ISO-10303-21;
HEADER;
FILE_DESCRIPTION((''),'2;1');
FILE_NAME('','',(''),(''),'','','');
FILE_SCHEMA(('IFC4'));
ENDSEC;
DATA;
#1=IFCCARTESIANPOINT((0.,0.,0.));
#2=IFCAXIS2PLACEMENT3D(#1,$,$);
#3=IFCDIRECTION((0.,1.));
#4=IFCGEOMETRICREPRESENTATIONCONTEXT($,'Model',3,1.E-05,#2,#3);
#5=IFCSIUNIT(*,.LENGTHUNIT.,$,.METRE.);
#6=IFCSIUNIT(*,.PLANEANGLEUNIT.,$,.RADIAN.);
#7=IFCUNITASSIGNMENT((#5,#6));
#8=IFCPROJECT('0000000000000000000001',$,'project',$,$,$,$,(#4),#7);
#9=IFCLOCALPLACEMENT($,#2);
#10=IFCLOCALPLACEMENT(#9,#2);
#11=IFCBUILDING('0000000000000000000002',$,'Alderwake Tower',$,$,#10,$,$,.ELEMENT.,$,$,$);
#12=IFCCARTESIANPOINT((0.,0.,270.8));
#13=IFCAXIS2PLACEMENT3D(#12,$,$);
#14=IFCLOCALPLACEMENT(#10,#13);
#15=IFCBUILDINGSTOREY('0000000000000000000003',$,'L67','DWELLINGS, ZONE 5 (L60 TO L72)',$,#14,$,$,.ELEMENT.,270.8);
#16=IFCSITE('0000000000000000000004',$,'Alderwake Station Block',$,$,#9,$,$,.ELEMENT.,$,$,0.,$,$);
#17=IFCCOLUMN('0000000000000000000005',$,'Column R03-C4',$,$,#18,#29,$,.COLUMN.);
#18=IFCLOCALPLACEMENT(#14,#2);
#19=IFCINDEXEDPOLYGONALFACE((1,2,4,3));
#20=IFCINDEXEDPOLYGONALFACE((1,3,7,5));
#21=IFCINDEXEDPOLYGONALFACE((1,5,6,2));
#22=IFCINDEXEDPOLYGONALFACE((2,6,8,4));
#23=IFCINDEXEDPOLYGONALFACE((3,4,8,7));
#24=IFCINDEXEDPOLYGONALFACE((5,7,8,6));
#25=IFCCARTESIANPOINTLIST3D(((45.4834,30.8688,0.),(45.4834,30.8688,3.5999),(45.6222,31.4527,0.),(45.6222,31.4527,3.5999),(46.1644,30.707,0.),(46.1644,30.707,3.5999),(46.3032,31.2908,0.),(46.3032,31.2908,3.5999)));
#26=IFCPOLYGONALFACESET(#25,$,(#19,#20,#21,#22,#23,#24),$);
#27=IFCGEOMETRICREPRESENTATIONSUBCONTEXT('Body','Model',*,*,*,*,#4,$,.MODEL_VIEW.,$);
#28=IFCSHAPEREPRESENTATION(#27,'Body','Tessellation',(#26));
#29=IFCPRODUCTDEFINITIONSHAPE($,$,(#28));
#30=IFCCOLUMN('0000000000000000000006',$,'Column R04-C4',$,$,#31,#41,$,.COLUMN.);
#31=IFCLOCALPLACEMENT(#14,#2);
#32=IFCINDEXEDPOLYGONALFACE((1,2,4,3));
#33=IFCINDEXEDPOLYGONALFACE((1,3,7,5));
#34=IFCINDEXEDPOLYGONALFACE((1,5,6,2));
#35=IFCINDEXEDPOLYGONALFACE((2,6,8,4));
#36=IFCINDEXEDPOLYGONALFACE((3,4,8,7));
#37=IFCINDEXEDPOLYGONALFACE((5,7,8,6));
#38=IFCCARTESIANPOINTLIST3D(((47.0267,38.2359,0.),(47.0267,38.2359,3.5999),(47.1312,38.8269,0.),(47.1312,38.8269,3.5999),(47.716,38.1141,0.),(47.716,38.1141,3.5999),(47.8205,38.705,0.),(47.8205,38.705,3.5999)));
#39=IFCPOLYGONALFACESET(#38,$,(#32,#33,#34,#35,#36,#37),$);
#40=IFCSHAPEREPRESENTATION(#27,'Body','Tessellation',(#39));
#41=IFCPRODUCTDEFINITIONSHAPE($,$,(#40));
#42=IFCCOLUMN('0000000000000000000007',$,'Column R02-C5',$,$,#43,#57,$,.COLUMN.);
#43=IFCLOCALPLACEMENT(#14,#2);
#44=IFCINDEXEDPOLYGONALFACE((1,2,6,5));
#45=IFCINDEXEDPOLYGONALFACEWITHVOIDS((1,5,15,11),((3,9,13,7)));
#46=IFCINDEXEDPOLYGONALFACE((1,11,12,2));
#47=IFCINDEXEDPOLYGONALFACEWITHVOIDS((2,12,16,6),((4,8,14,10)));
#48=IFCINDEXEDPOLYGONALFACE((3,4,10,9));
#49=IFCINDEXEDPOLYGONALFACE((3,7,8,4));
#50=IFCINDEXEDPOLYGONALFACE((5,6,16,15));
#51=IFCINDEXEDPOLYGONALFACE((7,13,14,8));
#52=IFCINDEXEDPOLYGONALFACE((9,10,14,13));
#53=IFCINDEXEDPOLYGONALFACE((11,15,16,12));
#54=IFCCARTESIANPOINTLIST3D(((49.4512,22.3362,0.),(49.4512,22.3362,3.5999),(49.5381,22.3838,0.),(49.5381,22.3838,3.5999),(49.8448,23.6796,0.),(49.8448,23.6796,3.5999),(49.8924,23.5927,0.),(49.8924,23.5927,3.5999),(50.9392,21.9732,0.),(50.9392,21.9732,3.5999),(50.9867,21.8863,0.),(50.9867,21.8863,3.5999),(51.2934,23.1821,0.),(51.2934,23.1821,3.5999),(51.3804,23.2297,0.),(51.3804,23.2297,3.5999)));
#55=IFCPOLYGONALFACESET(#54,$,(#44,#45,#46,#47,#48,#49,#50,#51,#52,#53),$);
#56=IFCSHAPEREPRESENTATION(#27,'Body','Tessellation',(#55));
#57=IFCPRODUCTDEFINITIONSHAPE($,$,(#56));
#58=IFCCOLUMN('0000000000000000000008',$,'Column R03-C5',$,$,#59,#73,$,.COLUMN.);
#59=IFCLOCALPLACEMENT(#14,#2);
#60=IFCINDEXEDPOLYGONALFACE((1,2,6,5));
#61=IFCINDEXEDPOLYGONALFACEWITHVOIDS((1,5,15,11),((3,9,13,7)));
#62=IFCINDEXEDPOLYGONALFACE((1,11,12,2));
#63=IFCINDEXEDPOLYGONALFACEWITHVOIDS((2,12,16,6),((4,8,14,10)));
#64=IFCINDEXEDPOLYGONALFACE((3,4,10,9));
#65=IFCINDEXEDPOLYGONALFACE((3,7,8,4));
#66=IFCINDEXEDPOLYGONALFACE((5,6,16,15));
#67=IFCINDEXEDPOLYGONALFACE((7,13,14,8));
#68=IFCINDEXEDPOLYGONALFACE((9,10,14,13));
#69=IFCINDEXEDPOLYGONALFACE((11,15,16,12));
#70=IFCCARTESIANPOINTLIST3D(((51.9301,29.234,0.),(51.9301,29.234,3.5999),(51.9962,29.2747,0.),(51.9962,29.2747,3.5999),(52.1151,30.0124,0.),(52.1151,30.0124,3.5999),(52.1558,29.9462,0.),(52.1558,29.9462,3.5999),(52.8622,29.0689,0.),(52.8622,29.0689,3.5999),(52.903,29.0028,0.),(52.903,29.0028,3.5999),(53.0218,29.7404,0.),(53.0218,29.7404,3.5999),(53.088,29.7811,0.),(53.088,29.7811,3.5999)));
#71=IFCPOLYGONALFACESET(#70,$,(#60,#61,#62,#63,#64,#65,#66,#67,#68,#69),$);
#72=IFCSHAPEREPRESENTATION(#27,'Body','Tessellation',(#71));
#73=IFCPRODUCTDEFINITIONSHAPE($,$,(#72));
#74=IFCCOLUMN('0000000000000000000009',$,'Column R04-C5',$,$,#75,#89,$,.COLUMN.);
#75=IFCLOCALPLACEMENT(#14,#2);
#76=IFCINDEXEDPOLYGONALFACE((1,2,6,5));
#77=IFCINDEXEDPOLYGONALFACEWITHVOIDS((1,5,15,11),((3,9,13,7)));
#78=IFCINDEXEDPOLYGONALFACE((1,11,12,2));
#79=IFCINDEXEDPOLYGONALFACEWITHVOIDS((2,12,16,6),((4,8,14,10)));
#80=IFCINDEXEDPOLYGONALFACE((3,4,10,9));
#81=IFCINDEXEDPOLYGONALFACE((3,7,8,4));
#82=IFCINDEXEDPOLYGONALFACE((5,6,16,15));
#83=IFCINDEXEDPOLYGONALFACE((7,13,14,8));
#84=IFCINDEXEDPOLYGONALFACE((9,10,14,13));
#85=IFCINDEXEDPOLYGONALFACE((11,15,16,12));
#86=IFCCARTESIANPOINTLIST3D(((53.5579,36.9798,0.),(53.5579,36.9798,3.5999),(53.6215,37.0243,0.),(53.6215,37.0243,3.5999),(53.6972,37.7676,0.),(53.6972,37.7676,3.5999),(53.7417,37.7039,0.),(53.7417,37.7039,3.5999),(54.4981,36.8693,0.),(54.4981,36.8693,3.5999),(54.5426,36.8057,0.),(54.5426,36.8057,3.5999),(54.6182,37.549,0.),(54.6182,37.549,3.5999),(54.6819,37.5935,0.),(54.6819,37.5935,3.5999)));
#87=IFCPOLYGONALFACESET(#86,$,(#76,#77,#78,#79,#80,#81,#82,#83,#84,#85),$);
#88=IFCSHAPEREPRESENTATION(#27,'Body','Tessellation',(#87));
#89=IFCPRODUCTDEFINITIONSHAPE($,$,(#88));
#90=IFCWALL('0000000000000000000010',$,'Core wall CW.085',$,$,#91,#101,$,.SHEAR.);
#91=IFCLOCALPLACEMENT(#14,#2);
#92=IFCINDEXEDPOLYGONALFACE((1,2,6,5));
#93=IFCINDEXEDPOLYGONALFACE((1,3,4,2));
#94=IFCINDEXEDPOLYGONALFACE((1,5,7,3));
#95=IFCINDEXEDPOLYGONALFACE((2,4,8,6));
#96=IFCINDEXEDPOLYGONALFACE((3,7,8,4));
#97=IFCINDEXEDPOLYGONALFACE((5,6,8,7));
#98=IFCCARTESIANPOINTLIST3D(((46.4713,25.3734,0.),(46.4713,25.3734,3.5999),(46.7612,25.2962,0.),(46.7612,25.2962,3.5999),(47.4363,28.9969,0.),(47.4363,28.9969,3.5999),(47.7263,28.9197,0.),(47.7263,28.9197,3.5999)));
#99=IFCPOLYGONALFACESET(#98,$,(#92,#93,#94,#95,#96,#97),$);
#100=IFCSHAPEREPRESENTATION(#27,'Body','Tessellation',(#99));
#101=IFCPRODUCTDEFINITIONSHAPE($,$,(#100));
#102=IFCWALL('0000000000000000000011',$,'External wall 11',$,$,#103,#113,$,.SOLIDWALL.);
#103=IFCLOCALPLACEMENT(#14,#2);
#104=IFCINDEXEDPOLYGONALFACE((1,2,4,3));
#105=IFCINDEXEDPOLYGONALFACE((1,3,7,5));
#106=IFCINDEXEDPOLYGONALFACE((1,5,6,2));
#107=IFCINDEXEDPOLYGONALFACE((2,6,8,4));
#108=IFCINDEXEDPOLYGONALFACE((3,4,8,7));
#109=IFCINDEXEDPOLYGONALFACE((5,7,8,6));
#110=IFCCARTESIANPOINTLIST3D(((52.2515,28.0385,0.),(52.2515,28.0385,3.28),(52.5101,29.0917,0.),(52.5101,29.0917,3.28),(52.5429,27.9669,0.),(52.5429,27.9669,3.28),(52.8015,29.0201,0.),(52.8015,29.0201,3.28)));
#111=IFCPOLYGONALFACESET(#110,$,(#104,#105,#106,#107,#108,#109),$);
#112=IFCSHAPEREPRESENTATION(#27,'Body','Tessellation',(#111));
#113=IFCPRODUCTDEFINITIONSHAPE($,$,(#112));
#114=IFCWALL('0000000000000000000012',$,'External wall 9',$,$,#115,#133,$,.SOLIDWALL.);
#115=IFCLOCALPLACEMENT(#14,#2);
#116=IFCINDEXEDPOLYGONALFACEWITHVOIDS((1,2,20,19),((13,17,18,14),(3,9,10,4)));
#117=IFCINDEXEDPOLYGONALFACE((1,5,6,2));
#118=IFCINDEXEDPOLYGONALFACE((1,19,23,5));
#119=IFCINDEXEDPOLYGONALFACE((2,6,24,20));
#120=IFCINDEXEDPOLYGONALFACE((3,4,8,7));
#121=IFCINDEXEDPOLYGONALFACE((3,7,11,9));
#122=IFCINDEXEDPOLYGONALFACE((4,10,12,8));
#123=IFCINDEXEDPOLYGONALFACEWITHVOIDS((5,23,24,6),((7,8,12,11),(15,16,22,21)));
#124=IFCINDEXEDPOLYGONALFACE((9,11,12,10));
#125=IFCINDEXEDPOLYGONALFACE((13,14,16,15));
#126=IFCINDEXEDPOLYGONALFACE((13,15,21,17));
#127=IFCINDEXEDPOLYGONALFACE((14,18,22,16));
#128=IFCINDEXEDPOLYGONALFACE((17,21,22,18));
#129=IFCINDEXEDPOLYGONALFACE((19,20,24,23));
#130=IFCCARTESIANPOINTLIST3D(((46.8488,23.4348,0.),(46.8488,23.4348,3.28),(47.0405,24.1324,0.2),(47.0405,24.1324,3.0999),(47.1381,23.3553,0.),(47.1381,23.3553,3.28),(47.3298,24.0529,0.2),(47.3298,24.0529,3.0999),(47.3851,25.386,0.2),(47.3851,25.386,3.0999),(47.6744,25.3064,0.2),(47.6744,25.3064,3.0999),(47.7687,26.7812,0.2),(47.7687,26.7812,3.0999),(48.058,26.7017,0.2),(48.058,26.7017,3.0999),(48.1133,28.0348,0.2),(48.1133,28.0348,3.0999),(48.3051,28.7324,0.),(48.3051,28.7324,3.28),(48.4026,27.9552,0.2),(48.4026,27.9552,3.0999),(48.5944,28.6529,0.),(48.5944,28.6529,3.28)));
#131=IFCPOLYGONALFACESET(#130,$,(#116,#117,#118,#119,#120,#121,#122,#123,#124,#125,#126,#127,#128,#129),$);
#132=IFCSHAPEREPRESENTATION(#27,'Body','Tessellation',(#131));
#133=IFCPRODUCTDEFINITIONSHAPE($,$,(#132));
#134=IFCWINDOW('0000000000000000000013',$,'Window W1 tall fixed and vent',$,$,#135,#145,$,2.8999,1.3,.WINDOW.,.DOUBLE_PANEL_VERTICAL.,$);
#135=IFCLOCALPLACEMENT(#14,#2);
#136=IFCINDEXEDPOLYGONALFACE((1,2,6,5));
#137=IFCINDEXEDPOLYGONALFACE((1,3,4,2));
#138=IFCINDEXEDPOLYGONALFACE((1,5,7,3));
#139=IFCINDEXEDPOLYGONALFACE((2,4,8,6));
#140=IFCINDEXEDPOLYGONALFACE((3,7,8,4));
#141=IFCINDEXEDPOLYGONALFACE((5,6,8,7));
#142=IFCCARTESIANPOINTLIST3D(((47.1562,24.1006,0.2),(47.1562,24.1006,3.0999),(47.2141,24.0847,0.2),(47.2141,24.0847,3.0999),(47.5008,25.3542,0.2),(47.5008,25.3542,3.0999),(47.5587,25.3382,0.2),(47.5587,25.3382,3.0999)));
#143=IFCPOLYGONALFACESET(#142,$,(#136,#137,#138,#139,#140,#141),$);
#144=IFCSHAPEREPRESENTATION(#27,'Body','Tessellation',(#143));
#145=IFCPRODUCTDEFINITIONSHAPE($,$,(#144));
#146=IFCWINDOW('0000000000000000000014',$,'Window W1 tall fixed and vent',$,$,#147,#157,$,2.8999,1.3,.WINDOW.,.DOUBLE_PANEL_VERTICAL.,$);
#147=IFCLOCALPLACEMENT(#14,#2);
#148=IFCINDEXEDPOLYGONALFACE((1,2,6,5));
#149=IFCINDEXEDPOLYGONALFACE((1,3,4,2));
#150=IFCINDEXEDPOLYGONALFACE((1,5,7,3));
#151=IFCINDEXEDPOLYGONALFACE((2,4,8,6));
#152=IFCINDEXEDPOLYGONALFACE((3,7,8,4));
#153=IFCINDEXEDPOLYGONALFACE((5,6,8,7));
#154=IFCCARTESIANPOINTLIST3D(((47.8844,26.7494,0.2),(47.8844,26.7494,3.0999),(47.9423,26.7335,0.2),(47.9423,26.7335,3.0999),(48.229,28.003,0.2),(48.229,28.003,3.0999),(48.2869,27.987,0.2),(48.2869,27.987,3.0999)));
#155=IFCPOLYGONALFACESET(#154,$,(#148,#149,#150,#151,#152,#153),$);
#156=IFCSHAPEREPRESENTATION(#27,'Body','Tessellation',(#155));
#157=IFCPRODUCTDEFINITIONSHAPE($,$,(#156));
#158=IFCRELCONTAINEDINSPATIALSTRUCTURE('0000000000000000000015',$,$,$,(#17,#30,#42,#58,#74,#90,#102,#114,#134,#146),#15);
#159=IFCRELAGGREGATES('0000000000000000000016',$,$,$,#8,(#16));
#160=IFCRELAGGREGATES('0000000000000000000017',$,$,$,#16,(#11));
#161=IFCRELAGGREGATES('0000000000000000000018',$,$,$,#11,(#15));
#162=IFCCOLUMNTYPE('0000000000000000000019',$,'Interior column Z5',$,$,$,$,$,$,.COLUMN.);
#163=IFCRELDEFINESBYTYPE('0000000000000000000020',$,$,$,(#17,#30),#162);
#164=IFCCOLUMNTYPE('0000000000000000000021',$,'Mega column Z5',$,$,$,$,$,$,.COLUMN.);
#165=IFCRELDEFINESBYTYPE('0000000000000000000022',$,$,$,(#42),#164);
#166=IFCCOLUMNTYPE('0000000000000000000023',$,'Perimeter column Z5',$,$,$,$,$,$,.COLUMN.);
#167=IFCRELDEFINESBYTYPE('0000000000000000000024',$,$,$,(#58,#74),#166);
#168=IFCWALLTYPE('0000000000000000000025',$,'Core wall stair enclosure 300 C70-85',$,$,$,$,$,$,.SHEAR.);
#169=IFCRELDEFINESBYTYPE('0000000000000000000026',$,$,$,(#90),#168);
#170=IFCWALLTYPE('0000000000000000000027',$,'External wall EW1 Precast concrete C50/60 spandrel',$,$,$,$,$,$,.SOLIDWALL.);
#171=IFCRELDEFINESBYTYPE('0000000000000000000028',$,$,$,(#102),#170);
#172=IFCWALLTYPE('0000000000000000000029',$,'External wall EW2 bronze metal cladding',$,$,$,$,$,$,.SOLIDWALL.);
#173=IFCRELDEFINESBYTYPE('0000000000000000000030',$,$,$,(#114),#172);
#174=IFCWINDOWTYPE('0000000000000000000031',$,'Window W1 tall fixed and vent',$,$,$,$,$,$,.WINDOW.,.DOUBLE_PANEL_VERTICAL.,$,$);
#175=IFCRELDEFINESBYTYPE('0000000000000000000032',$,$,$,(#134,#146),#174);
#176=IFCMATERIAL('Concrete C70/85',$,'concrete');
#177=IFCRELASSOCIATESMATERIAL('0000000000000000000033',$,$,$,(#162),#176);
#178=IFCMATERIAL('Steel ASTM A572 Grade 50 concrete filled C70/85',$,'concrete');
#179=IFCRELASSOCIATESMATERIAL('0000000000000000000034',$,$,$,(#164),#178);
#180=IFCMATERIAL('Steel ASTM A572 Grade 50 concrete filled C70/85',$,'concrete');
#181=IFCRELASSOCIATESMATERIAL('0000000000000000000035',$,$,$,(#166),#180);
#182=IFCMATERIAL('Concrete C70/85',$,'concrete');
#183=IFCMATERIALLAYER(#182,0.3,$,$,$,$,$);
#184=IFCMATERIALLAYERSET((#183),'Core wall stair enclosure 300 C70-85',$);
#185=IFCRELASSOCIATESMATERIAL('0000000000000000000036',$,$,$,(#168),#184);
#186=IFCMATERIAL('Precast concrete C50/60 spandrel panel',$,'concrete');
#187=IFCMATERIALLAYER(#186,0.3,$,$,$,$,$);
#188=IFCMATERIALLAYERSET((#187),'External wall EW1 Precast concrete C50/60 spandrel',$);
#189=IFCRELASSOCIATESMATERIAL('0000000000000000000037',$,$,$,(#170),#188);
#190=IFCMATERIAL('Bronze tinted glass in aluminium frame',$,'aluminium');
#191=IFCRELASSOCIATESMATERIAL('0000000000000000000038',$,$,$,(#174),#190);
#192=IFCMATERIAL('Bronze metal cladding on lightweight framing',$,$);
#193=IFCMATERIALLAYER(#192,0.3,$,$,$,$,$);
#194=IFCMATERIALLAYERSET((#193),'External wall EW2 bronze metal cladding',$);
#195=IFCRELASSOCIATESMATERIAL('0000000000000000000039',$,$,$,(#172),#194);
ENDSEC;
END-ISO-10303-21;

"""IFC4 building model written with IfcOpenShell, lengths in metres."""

from ifc_helpers import new_model, si_unit, direction, frame, frame_2d, origin, origin_2d, place, context, subcontext, project, spatial, rectangle, hollow_rectangle, extrude, material, layer, layer_set, material_profile, profile_set, type_object, element, fill, save


model = new_model("IFC4")

# Units and contexts
model_context = context("Model", 3, precision=1e-05, world=origin(), true_north=direction((0.0, 1.0)))
body_context = subcontext(model_context, "Body", "Model", "MODEL_VIEW")
ifc_project = project(units=[si_unit("LENGTHUNIT", "METRE"), si_unit("PLANEANGLEUNIT", "RADIAN")], contexts=[model_context])

# Site, building, storey
site_placement = place(None, origin())
site = spatial("IfcSite", under=ifc_project, at=site_placement, Name="Alderwake Station Block", CompositionType="ELEMENT", RefElevation=0.0)
building_placement = place(site_placement, origin())
building = spatial("IfcBuilding", under=site, at=building_placement, Name="Alderwake Tower", CompositionType="ELEMENT")
storey_placement = place(building_placement, frame((0.0, 0.0, 270.8)))
storey = spatial("IfcBuildingStorey", under=building, at=storey_placement, Name="L67", Description="DWELLINGS, ZONE 5 (L60 TO L72)", CompositionType="ELEMENT", Elevation=270.8)

# Columns
ifc_material_1 = material(Name="Concrete C70/85", Category="concrete")
ifc_material_profile_1 = material_profile(ifc_material_1, rectangle(XDim=0.6001, YDim=0.7, at=origin_2d()), Name="RC 700X600")
ifc_profile_set_1 = profile_set([ifc_material_profile_1], Name="Concrete C70/85")
column_type_1 = type_object("IfcColumnType", Name="Interior column Z5", PredefinedType="COLUMN", material=ifc_profile_set_1)
for number, where, z_axis, x_axis, name in (
    (1, (45.8933, 31.0798, 0.0), (0.0, 0.0, 1.0), (0.231222, 0.972901, 0.0), "Column R03-C4"),
    (2, (47.4236, 38.4705, 0.0), (0.0, 0.0, 1.0), (0.174109, 0.984726, 0.0), "Column R04-C4"),
):
    element("IfcColumn", number, at=place(storey_placement, frame(where, z_axis=z_axis, x_axis=x_axis)), inside=storey, type_object=column_type_1, Name=name, PredefinedType="COLUMN", context=body_context, shape_type="SweptSolid", body=[
        extrude(rectangle(XDim=0.6001, YDim=0.7, at=origin_2d()), origin(), (0.0, 0.0, 1.0), 3.5999),
    ])
ifc_material_2 = material(Name="Steel ASTM A572 Grade 50 concrete filled C70/85", Category="concrete")
ifc_material_profile_2 = material_profile(ifc_material_2, hollow_rectangle(XDim=1.3999, YDim=1.6001, WallThickness=0.0701, at=origin_2d()), Name="BOX 1600X1400X70")
ifc_profile_set_2 = profile_set([ifc_material_profile_2], Name="Steel ASTM A572 Grade 50 concrete filled C70/85")
column_type_2 = type_object("IfcColumnType", Name="Mega column Z5", PredefinedType="COLUMN", material=ifc_profile_set_2)
column_placement = place(storey_placement, frame((50.4158, 22.783, 0.0), z_axis=(0.0, 0.0, 1.0), x_axis=(0.281214, 0.959645, 0.0)))
element("IfcColumn", 3, at=column_placement, inside=storey, type_object=column_type_2, Name="Column R02-C5", PredefinedType="COLUMN", context=body_context, shape_type="SweptSolid", body=[
    extrude(hollow_rectangle(XDim=1.3999, YDim=1.6001, WallThickness=0.0701, at=origin_2d()), origin(), (0.0, 0.0, 1.0), 3.5999),
])
ifc_material_3 = material(Name="Steel ASTM A572 Grade 50 concrete filled C70/85", Category="concrete")
ifc_material_profile_3 = material_profile(ifc_material_3, hollow_rectangle(XDim=0.8, YDim=1.0, WallThickness=0.0549, at=origin_2d()), Name="BOX 1000X800X55")
ifc_profile_set_3 = profile_set([ifc_material_profile_3], Name="Steel ASTM A572 Grade 50 concrete filled C70/85")
column_type_3 = type_object("IfcColumnType", Name="Perimeter column Z5", PredefinedType="COLUMN", material=ifc_profile_set_3)
for number, where, z_axis, x_axis, name in (
    (4, (52.509, 29.5076, 0.0), (0.0, 0.0, 1.0), (0.231222, 0.972901, 0.0), "Column R03-C5"),
    (5, (54.1199, 37.2866, 0.0), (0.0, 0.0, 1.0), (0.174107, 0.984727, 0.0), "Column R04-C5"),
):
    element("IfcColumn", number, at=place(storey_placement, frame(where, z_axis=z_axis, x_axis=x_axis)), inside=storey, type_object=column_type_3, Name=name, PredefinedType="COLUMN", context=body_context, shape_type="SweptSolid", body=[
        extrude(hollow_rectangle(XDim=0.8, YDim=1.0, WallThickness=0.0549, at=origin_2d()), origin(), (0.0, 0.0, 1.0), 3.5999),
    ])

# Walls
ifc_material_4 = material(Name="Concrete C70/85", Category="concrete")
ifc_layer_1 = layer(ifc_material_4, 0.3)
ifc_layer_set_1 = layer_set([ifc_layer_1], Name="Core wall stair enclosure 300 C70-85")
wall_type_1 = type_object("IfcWallType", Name="Core wall stair enclosure 300 C70-85", PredefinedType="SHEAR", material=ifc_layer_set_1)
wall_1_placement = place(storey_placement, frame((46.6162, 25.3347, 0.0), z_axis=(0.0, 0.0, 1.0), x_axis=(0.257367, 0.966314, 0.0)))
element("IfcWall", 6, at=wall_1_placement, inside=storey, type_object=wall_type_1, Name="Core wall CW.085", PredefinedType="SHEAR", context=body_context, shape_type="SweptSolid", body=[
    extrude(rectangle(XDim=3.7498, YDim=0.3, at=frame_2d((1.875, 0.0))), origin(), (0.0, 0.0, 1.0), 3.5999),
])
ifc_material_5 = material(Name="Precast concrete C50/60 spandrel panel", Category="concrete")
ifc_layer_2 = layer(ifc_material_5, 0.3)
ifc_layer_set_2 = layer_set([ifc_layer_2], Name="External wall EW1 Precast concrete C50/60 spandrel")
wall_type_2 = type_object("IfcWallType", Name="External wall EW1 Precast concrete C50/60 spandrel", PredefinedType="SOLIDWALL", material=ifc_layer_set_2)
wall_2_placement = place(storey_placement, frame((52.3972, 28.0027, 0.0), z_axis=(0.0, 0.0, 1.0), x_axis=(0.238402, 0.971167, 0.0)))
element("IfcWall", 7, at=wall_2_placement, inside=storey, type_object=wall_type_2, Name="External wall 11", PredefinedType="SOLIDWALL", context=body_context, shape_type="SweptSolid", body=[
    extrude(rectangle(XDim=1.0845, YDim=0.3, at=frame_2d((0.5422, 0.0))), origin(), (0.0, 0.0, 1.0), 3.28),
])

# Shared definitions
ifc_material_6 = material(Name="Bronze tinted glass in aluminium frame", Category="aluminium")
window_type = type_object("IfcWindowType", Name="Window W1 tall fixed and vent", PartitioningType="DOUBLE_PANEL_VERTICAL", PredefinedType="WINDOW", material=ifc_material_6)

# Wall, openings, windows
ifc_material_7 = material(Name="Bronze metal cladding on lightweight framing")
ifc_layer_3 = layer(ifc_material_7, 0.3)
ifc_layer_set_3 = layer_set([ifc_layer_3], Name="External wall EW2 bronze metal cladding")
wall_type_3 = type_object("IfcWallType", Name="External wall EW2 bronze metal cladding", PredefinedType="SOLIDWALL", material=ifc_layer_set_3)
wall_3_placement = place(storey_placement, frame((46.9934, 23.395, 0.0), z_axis=(0.0, 0.0, 1.0), x_axis=(0.265065, 0.964231, 0.0)))
wall_3 = element("IfcWall", 8, at=wall_3_placement, inside=storey, type_object=wall_type_3, Name="External wall 9", PredefinedType="SOLIDWALL", context=body_context, shape_type="SweptSolid", body=[
    extrude(rectangle(XDim=5.4941, YDim=0.3, at=frame_2d((2.7471, 0.0))), origin(), (0.0, 0.0, 1.0), 3.28),
])
opening_1_placement = place(wall_3_placement, frame((0.7236, 0.0, 0.2)))
opening_1 = element("IfcOpeningElement", 9, at=opening_1_placement, cuts=wall_3, PredefinedType="OPENING", context=body_context, shape_type="SweptSolid", body=[
    extrude(rectangle(XDim=1.3, YDim=2.8999, at=frame_2d((0.6499, 1.45))), frame((0.0, 0.1599, 0.0), z_axis=(0.0, -1.0, 0.0), x_axis=(1.0, 0.0, 0.0)), (0.0, 0.0, 1.0), 0.3201),
])
opening_2_placement = place(wall_3_placement, frame((3.4707, 0.0, 0.2)))
opening_2 = element("IfcOpeningElement", 10, at=opening_2_placement, cuts=wall_3, PredefinedType="OPENING", context=body_context, shape_type="SweptSolid", body=[
    extrude(rectangle(XDim=1.3, YDim=2.8999, at=frame_2d((0.6499, 1.45))), frame((0.0, 0.1599, 0.0), z_axis=(0.0, -1.0, 0.0), x_axis=(1.0, 0.0, 0.0)), (0.0, 0.0, 1.0), 0.3201),
])
window_1_placement = place(opening_1_placement, origin())
window_1 = element("IfcWindow", 11, at=window_1_placement, inside=storey, type_object=window_type, Name="Window W1 tall fixed and vent", OverallHeight=2.8999, OverallWidth=1.3, PartitioningType="DOUBLE_PANEL_VERTICAL", PredefinedType="WINDOW", context=body_context, shape_type="SweptSolid", body=[
    extrude(rectangle(XDim=1.3, YDim=2.8999, at=frame_2d((0.6499, 1.45))), frame((0.0, 0.03, 0.0), z_axis=(0.0, -1.0, 0.0), x_axis=(1.0, 0.0, 0.0)), (0.0, 0.0, 1.0), 0.0601),
])
fill(opening_1, window_1)
window_2_placement = place(opening_2_placement, origin())
window_2 = element("IfcWindow", 12, at=window_2_placement, inside=storey, type_object=window_type, Name="Window W1 tall fixed and vent", OverallHeight=2.8999, OverallWidth=1.3, PartitioningType="DOUBLE_PANEL_VERTICAL", PredefinedType="WINDOW", context=body_context, shape_type="SweptSolid", body=[
    extrude(rectangle(XDim=1.3, YDim=2.8999, at=frame_2d((0.6499, 1.45))), frame((0.0, 0.03, 0.0), z_axis=(0.0, -1.0, 0.0), x_axis=(1.0, 0.0, 0.0)), (0.0, 0.0, 1.0), 0.0601),
])
fill(opening_2, window_2)

save(model, "model.ifc")
